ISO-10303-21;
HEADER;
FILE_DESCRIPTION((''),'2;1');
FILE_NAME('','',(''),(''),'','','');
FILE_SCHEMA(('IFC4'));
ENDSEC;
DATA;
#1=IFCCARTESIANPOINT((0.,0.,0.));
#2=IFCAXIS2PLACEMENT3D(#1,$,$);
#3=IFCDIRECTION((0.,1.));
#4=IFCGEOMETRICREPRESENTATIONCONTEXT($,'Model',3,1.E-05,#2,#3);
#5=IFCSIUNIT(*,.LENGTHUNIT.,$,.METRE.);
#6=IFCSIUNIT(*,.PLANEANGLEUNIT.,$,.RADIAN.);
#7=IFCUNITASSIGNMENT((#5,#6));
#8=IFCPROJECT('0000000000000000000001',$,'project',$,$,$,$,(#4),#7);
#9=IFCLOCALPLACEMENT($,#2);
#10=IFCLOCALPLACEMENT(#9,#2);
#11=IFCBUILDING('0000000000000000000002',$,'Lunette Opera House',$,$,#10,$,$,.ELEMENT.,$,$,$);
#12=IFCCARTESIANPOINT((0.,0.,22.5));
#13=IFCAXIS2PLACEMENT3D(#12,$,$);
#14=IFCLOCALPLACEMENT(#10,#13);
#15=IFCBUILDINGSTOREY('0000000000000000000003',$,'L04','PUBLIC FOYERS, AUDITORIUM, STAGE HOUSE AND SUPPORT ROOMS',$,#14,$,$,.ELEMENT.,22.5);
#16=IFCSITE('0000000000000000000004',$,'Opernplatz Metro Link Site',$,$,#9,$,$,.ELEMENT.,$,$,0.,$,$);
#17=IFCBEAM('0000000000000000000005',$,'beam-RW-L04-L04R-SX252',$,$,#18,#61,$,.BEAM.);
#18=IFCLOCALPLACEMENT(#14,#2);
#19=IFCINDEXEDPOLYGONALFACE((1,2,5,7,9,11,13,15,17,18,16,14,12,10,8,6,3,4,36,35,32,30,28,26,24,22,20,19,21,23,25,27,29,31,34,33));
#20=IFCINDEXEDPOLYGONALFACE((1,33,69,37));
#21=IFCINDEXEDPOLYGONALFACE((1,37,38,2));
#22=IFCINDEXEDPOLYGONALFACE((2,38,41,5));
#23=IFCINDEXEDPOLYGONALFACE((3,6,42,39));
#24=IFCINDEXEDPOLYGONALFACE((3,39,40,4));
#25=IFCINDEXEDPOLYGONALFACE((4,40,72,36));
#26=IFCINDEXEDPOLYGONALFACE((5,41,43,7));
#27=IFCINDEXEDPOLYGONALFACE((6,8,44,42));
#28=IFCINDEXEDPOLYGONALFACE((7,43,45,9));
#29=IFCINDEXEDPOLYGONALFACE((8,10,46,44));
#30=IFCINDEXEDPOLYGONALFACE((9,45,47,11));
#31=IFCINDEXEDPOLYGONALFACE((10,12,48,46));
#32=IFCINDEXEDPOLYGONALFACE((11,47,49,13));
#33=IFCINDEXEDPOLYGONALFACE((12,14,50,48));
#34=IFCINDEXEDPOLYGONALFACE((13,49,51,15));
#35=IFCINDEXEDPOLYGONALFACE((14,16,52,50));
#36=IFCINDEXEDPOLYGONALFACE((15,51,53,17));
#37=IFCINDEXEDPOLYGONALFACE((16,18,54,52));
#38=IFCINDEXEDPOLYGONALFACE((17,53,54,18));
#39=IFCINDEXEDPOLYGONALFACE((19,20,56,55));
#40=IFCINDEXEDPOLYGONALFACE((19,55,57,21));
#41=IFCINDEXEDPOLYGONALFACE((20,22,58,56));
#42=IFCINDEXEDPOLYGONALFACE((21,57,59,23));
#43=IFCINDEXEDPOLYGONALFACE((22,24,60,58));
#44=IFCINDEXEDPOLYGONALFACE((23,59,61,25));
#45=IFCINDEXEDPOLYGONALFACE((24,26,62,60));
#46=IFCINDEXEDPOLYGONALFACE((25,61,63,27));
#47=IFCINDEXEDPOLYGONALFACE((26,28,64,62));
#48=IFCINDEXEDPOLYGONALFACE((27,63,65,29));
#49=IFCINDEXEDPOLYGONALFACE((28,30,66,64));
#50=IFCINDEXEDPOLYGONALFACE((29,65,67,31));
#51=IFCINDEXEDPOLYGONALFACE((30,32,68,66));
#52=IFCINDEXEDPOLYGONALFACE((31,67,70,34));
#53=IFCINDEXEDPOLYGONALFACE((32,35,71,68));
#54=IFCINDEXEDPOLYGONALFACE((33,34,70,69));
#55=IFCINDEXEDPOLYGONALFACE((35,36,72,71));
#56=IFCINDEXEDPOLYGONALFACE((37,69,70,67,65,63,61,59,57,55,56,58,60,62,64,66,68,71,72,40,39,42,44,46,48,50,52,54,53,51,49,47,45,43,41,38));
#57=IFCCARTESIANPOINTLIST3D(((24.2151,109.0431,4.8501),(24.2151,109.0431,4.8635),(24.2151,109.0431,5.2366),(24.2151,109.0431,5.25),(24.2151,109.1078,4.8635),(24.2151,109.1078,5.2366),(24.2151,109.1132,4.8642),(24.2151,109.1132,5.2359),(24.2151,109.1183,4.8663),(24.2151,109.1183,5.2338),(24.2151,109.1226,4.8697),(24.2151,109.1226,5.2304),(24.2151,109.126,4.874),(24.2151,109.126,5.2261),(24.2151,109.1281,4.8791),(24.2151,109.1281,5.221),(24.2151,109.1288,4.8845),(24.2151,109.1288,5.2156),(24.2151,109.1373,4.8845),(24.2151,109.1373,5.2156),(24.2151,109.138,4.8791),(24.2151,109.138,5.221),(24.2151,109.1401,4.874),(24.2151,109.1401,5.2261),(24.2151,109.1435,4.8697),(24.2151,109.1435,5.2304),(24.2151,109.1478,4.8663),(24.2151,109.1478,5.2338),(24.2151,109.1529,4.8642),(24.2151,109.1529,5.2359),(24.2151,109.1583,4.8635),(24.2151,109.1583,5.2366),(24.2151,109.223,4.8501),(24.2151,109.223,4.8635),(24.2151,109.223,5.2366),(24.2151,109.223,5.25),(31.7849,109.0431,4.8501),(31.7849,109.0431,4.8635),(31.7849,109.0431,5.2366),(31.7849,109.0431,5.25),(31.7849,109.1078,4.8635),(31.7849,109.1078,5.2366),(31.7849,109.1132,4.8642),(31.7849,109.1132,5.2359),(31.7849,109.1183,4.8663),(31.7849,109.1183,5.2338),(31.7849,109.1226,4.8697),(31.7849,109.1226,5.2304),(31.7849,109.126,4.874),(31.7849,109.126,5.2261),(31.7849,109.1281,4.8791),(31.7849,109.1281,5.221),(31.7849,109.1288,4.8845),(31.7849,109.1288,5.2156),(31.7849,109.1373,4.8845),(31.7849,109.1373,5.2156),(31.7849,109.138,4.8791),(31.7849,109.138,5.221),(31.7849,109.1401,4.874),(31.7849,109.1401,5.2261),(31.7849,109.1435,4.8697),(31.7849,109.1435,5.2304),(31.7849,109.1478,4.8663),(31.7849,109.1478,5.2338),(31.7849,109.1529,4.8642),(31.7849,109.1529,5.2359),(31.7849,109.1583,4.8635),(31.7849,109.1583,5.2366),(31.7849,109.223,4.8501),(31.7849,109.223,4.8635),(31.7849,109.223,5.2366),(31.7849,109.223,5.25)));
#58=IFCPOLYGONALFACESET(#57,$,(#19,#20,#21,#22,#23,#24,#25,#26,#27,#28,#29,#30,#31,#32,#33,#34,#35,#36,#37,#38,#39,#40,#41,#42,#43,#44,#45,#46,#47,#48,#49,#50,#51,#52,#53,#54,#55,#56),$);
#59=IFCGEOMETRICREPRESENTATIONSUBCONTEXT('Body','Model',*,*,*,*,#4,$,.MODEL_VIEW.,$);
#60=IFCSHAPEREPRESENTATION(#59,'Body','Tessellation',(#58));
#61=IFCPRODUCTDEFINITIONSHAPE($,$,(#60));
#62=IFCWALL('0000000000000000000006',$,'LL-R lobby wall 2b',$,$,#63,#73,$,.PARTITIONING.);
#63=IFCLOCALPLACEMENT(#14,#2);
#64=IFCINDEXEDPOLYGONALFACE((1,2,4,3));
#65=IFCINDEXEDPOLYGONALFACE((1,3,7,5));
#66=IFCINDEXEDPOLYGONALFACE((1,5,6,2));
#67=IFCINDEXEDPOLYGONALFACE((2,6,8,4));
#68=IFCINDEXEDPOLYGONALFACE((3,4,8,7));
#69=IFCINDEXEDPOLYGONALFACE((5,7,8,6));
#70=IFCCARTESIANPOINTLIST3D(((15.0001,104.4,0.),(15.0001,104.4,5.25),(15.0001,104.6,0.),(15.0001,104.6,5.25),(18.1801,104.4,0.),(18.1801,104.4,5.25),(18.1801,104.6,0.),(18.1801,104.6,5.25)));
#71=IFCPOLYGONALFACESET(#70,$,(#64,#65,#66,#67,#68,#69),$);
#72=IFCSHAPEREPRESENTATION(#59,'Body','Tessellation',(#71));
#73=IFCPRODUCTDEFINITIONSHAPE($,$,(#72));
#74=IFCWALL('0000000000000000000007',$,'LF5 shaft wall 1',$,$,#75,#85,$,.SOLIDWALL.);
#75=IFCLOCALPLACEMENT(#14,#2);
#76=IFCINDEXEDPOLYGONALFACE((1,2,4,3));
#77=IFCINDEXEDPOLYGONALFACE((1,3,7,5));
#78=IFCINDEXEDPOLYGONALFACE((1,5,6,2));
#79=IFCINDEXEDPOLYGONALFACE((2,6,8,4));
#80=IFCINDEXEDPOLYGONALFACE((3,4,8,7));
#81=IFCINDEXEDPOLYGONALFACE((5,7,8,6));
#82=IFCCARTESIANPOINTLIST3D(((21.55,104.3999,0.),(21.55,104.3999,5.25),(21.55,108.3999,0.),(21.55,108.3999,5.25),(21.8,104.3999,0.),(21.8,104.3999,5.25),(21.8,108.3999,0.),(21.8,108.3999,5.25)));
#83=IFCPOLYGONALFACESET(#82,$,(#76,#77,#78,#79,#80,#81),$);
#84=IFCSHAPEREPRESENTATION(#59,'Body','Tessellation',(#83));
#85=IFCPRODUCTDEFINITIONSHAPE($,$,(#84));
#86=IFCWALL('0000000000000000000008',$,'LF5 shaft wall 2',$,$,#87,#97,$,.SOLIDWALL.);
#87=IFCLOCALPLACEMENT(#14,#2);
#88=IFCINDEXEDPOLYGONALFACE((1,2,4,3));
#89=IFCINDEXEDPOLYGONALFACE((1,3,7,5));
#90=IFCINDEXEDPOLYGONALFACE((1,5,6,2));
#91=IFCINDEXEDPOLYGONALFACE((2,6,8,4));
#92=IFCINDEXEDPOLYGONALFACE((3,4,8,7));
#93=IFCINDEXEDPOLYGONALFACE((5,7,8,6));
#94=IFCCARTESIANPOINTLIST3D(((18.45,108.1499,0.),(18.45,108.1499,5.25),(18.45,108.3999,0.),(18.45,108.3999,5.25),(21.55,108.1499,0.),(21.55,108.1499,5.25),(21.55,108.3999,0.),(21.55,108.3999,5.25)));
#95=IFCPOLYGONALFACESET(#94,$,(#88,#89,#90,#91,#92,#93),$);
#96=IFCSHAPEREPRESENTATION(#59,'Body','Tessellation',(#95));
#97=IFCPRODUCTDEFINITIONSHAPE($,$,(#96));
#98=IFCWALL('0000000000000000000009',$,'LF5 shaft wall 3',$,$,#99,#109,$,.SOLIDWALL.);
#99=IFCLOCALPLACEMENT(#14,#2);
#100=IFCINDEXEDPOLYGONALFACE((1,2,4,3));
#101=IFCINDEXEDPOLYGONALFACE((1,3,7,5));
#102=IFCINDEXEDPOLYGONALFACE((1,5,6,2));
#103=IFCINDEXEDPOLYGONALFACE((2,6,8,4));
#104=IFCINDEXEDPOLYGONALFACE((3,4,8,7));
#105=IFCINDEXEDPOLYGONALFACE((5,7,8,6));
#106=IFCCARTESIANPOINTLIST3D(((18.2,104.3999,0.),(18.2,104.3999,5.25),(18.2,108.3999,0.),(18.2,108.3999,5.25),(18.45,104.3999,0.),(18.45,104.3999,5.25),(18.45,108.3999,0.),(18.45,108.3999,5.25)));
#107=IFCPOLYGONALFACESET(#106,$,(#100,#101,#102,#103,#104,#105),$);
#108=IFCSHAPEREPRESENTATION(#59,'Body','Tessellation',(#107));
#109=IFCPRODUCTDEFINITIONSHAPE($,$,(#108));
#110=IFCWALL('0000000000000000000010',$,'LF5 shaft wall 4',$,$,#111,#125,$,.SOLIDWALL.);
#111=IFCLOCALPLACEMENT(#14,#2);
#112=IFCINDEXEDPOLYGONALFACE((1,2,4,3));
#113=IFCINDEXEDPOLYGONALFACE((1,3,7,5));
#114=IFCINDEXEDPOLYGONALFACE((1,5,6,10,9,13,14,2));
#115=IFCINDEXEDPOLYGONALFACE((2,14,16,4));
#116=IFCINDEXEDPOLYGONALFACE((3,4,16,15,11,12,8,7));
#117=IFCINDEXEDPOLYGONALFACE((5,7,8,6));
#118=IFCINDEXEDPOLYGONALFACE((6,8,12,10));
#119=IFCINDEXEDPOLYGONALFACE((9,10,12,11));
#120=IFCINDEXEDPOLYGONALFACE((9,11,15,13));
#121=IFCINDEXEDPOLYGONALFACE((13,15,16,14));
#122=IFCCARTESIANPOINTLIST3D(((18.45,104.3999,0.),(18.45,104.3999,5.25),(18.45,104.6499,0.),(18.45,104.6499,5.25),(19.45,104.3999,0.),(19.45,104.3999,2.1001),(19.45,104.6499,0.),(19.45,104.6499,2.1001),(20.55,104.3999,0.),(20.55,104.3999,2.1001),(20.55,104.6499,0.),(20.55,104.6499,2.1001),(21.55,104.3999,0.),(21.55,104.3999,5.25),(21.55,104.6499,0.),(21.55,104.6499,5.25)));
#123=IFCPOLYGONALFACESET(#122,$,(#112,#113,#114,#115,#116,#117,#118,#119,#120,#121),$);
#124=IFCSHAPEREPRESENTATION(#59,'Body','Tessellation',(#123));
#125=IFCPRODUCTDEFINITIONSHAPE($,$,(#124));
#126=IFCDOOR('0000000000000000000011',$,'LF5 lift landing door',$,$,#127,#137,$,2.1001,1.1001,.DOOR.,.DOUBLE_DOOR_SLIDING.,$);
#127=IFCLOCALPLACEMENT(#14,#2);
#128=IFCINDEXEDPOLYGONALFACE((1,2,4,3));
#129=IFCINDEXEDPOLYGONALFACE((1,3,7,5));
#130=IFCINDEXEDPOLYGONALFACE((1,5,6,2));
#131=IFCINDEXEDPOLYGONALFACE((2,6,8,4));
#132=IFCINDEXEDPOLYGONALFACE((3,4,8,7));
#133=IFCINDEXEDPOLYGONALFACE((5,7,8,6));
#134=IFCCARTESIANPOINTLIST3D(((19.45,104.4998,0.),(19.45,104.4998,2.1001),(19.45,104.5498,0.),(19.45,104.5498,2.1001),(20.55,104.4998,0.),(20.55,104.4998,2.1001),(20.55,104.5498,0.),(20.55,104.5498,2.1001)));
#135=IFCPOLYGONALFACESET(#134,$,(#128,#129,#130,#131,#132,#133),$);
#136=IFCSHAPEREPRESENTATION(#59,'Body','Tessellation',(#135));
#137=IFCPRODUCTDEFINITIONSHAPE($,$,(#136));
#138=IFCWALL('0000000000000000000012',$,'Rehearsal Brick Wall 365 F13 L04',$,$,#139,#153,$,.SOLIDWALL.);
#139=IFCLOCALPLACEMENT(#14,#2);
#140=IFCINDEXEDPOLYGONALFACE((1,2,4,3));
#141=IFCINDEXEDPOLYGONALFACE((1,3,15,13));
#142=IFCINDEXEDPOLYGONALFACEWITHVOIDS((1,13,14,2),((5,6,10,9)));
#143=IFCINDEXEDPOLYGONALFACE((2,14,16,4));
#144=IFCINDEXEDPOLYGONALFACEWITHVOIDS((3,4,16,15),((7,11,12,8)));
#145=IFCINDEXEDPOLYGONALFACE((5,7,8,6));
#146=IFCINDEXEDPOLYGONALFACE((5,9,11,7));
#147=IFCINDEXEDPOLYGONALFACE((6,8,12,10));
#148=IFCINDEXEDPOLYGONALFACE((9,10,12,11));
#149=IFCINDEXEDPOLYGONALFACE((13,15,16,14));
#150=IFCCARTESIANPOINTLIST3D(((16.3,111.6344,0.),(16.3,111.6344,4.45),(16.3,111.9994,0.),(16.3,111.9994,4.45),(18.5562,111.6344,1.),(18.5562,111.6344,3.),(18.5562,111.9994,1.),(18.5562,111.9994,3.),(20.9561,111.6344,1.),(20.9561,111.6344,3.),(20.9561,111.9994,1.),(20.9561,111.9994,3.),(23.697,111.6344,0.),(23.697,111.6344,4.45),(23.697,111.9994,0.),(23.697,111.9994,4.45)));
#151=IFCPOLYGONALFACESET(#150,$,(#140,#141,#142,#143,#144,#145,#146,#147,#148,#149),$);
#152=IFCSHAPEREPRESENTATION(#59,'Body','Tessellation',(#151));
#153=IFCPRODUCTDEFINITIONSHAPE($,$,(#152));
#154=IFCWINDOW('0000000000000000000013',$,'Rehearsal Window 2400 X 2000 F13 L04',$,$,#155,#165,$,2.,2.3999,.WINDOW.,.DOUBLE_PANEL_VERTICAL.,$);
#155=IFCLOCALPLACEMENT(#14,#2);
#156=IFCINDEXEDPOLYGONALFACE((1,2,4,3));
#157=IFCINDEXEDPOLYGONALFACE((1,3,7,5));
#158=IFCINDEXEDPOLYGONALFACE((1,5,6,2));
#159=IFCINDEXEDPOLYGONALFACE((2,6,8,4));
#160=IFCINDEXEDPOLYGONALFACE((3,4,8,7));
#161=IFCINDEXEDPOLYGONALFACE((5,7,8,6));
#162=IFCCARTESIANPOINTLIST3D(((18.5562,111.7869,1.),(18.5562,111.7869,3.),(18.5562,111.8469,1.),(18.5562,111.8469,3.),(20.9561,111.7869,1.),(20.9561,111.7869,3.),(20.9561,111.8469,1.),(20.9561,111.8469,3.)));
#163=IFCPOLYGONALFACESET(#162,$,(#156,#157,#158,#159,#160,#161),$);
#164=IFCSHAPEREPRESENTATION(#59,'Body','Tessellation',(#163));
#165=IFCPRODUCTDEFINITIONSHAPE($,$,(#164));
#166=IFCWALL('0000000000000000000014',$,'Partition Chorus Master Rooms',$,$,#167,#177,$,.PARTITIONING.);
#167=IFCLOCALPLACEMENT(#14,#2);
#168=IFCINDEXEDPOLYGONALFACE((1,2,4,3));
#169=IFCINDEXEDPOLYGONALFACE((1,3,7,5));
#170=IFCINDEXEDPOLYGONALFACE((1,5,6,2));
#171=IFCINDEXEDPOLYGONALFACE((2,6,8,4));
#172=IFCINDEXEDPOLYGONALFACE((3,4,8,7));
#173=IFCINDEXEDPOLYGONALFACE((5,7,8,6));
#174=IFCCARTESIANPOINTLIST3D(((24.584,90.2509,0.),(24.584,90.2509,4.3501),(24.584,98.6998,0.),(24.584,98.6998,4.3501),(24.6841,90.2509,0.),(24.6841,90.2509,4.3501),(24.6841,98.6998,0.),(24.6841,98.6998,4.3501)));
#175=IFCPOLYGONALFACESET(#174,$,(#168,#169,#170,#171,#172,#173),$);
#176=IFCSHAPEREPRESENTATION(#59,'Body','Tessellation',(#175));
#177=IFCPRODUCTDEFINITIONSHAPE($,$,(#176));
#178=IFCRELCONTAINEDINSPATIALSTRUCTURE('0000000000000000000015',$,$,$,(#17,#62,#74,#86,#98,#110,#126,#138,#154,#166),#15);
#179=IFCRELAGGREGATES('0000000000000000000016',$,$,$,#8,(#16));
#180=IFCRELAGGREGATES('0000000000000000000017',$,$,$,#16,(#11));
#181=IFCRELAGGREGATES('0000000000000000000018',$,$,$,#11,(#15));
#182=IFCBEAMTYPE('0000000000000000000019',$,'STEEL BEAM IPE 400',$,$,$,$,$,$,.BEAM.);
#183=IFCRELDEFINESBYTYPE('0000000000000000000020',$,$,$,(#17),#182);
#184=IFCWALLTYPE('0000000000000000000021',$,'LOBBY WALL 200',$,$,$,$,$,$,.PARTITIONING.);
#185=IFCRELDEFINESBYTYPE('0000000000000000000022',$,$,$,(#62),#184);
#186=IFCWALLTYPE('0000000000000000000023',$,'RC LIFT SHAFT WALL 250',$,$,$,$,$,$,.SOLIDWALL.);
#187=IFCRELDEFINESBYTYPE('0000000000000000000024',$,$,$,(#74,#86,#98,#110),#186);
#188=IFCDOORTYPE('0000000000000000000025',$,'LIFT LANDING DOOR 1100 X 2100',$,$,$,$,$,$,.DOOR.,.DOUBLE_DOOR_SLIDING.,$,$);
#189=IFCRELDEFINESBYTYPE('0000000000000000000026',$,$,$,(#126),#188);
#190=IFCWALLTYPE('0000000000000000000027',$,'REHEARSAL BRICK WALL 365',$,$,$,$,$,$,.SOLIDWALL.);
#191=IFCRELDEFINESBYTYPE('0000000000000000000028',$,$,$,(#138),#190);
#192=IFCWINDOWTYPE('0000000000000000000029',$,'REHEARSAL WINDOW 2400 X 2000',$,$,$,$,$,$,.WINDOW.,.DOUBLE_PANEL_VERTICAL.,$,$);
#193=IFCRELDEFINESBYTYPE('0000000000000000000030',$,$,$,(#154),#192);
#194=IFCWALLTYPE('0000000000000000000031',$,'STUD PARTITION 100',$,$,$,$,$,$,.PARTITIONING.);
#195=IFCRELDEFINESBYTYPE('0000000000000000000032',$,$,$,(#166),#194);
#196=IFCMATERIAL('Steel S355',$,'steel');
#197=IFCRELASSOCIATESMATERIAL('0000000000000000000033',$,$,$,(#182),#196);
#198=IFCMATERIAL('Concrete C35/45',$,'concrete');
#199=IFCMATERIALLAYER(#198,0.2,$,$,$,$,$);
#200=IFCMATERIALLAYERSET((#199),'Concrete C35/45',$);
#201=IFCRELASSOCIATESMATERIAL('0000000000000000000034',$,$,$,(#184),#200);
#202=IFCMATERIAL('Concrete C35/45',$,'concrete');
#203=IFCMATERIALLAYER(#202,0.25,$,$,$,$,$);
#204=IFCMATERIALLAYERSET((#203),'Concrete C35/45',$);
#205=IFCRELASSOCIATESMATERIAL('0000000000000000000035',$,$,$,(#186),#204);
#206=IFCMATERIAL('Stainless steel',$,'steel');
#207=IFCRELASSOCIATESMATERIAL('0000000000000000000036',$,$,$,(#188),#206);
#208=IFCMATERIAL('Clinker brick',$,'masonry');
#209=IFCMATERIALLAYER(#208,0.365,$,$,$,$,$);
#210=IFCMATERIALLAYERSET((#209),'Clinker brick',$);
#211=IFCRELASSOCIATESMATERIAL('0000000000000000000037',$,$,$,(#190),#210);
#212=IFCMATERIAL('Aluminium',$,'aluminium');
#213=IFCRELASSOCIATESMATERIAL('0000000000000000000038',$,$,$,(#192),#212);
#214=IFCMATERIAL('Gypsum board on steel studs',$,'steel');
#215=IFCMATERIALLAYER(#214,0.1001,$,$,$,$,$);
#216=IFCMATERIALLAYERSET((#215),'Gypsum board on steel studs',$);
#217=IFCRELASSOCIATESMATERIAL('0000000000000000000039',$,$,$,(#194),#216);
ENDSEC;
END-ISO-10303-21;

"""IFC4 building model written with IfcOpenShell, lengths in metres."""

from ifc_helpers import new_model, si_unit, direction, frame, frame_2d, origin, origin_2d, place, context, subcontext, project, spatial, rectangle, i_section, extrude, material, layer, layer_set, material_profile, profile_set, type_object, element, fill, save


model = new_model("IFC4")

# Units and contexts
model_context = context("Model", 3, precision=1e-05, world=origin(), true_north=direction((0.0, 1.0)))
body_context = subcontext(model_context, "Body", "Model", "MODEL_VIEW")
ifc_project = project(units=[si_unit("LENGTHUNIT", "METRE"), si_unit("PLANEANGLEUNIT", "RADIAN")], contexts=[model_context])

# Site, building, storey
site_placement = place(None, origin())
site = spatial("IfcSite", under=ifc_project, at=site_placement, Name="Opernplatz Metro Link Site", CompositionType="ELEMENT", RefElevation=0.0)
building_placement = place(site_placement, origin())
building = spatial("IfcBuilding", under=site, at=building_placement, Name="Lunette Opera House", CompositionType="ELEMENT")
storey_placement = place(building_placement, frame((0.0, 0.0, 22.5)))
storey = spatial("IfcBuildingStorey", under=building, at=storey_placement, Name="L04", Description="PUBLIC FOYERS, AUDITORIUM, STAGE HOUSE AND SUPPORT ROOMS", CompositionType="ELEMENT", Elevation=22.5)

# Beam
ifc_material_1 = material(Name="Steel S355", Category="steel")
ifc_material_profile_1 = material_profile(ifc_material_1, i_section(OverallWidth=0.1799, OverallDepth=0.3999, WebThickness=0.0085, FlangeThickness=0.0134, FilletRadius=0.021, at=origin_2d()), Name="IPE 400")
ifc_profile_set_1 = profile_set([ifc_material_profile_1], Name="Steel S355")
beam_type_1 = type_object("IfcBeamType", Name="STEEL BEAM IPE 400", PredefinedType="BEAM", material=ifc_profile_set_1)
for number, where, z_axis, x_axis, name in (
    (1, (24.2151, 109.1331, 5.05), (1.0, 0.0, 0.0), (0.0, 1.0, 0.0), "beam-RW-L04-L04R-SX252"),
):
    element("IfcBeam", number, at=place(storey_placement, frame(where, z_axis=z_axis, x_axis=x_axis)), inside=storey, type_object=beam_type_1, Name=name, PredefinedType="BEAM", context=body_context, shape_type="SweptSolid", body=[
        extrude(i_section(OverallWidth=0.1799, OverallDepth=0.3999, WebThickness=0.0085, FlangeThickness=0.0134, FilletRadius=0.021, at=origin_2d()), origin(), (0.0, 0.0, 1.0), 7.5698),
    ])

# Walls
ifc_material_2 = material(Name="Concrete C35/45", Category="concrete")
ifc_layer_1 = layer(ifc_material_2, 0.2)
ifc_layer_set_1 = layer_set([ifc_layer_1], Name="Concrete C35/45")
wall_type_1 = type_object("IfcWallType", Name="LOBBY WALL 200", PredefinedType="PARTITIONING", material=ifc_layer_set_1)
wall_1_placement = place(storey_placement, frame((18.1799, 104.5, 0.0), z_axis=(0.0, 0.0, 1.0), x_axis=(-1.0, 0.0, 0.0)))
element("IfcWall", 2, at=wall_1_placement, inside=storey, type_object=wall_type_1, Name="LL-R lobby wall 2b", PredefinedType="PARTITIONING", context=body_context, shape_type="SweptSolid", body=[
    extrude(rectangle(XDim=3.1799, YDim=0.2, at=frame_2d((1.5898, 0.0))), origin(), (0.0, 0.0, 1.0), 5.25),
])
ifc_material_3 = material(Name="Concrete C35/45", Category="concrete")
ifc_layer_2 = layer(ifc_material_3, 0.25)
ifc_layer_set_2 = layer_set([ifc_layer_2], Name="Concrete C35/45")
wall_type_2 = type_object("IfcWallType", Name="RC LIFT SHAFT WALL 250", PredefinedType="SOLIDWALL", material=ifc_layer_set_2)
wall_2_placement = place(storey_placement, frame((21.675, 104.3999, 0.0), z_axis=(0.0, 0.0, 1.0), x_axis=(0.0, 1.0, 0.0)))
element("IfcWall", 3, at=wall_2_placement, inside=storey, type_object=wall_type_2, Name="LF5 shaft wall 1", PredefinedType="SOLIDWALL", context=body_context, shape_type="SweptSolid", body=[
    extrude(rectangle(XDim=4.0, YDim=0.25, at=frame_2d((2.0, 0.0))), origin(), (0.0, 0.0, 1.0), 5.25),
])
wall_3_placement = place(storey_placement, frame((21.55, 108.2749, 0.0), z_axis=(0.0, 0.0, 1.0), x_axis=(-1.0, 0.0, 0.0)))
element("IfcWall", 4, at=wall_3_placement, inside=storey, type_object=wall_type_2, Name="LF5 shaft wall 2", PredefinedType="SOLIDWALL", context=body_context, shape_type="SweptSolid", body=[
    extrude(rectangle(XDim=3.1001, YDim=0.25, at=frame_2d((1.55, 0.0))), origin(), (0.0, 0.0, 1.0), 5.25),
])
wall_4_placement = place(storey_placement, frame((18.325, 108.3999, 0.0), z_axis=(0.0, 0.0, 1.0), x_axis=(0.0, -1.0, 0.0)))
element("IfcWall", 5, at=wall_4_placement, inside=storey, type_object=wall_type_2, Name="LF5 shaft wall 3", PredefinedType="SOLIDWALL", context=body_context, shape_type="SweptSolid", body=[
    extrude(rectangle(XDim=4.0, YDim=0.25, at=frame_2d((2.0, 0.0))), origin(), (0.0, 0.0, 1.0), 5.25),
])

# Wall, opening, door
wall_5_placement = place(storey_placement, frame((18.45, 104.5249, 0.0), z_axis=(0.0, 0.0, 1.0), x_axis=(1.0, 0.0, 0.0)))
wall_5 = element("IfcWall", 6, at=wall_5_placement, inside=storey, type_object=wall_type_2, Name="LF5 shaft wall 4", PredefinedType="SOLIDWALL", context=body_context, shape_type="SweptSolid", body=[
    extrude(rectangle(XDim=3.1001, YDim=0.25, at=frame_2d((1.55, 0.0))), origin(), (0.0, 0.0, 1.0), 5.25),
])
opening_1_placement = place(wall_5_placement, frame((1.0, 0.0, 0.0)))
opening_1 = element("IfcOpeningElement", 7, at=opening_1_placement, cuts=wall_5, PredefinedType="OPENING", context=body_context, shape_type="SweptSolid", body=[
    extrude(rectangle(XDim=1.1001, YDim=2.1001, at=frame_2d((0.55, 1.05))), frame((0.0, 0.137, 0.0), z_axis=(0.0, -1.0, 0.0), x_axis=(1.0, 0.0, 0.0)), (0.0, 0.0, 1.0), 0.2739),
])
ifc_material_4 = material(Name="Stainless steel", Category="steel")
door_type = type_object("IfcDoorType", Name="LIFT LANDING DOOR 1100 X 2100", OperationType="DOUBLE_DOOR_SLIDING", PredefinedType="DOOR", material=ifc_material_4)
door_placement = place(opening_1_placement, origin())
door = element("IfcDoor", 8, at=door_placement, inside=storey, type_object=door_type, Name="LF5 lift landing door", OperationType="DOUBLE_DOOR_SLIDING", OverallHeight=2.1001, OverallWidth=1.1001, PredefinedType="DOOR", context=body_context, shape_type="SweptSolid", body=[
    extrude(rectangle(XDim=1.1001, YDim=2.1001, at=frame_2d((0.55, 1.05))), frame((0.0, 0.0249, 0.0), z_axis=(0.0, -1.0, 0.0), x_axis=(1.0, 0.0, 0.0)), (0.0, 0.0, 1.0), 0.05),
])
fill(opening_1, door)

# Wall, opening, window
ifc_material_5 = material(Name="Clinker brick", Category="masonry")
ifc_layer_3 = layer(ifc_material_5, 0.365)
ifc_layer_set_3 = layer_set([ifc_layer_3], Name="Clinker brick")
wall_type_3 = type_object("IfcWallType", Name="REHEARSAL BRICK WALL 365", PredefinedType="SOLIDWALL", material=ifc_layer_set_3)
wall_6_placement = place(storey_placement, frame((23.697, 111.8169, 0.0), z_axis=(0.0, 0.0, 1.0), x_axis=(-1.0, 0.0, 0.0)))
wall_6 = element("IfcWall", 9, at=wall_6_placement, inside=storey, type_object=wall_type_3, Name="Rehearsal Brick Wall 365 F13 L04", PredefinedType="SOLIDWALL", context=body_context, shape_type="SweptSolid", body=[
    extrude(rectangle(XDim=7.397, YDim=0.365, at=frame_2d((3.6985, 0.0))), origin(), (0.0, 0.0, 1.0), 4.45),
])
opening_2_placement = place(wall_6_placement, frame((2.741, 0.0, 1.0)))
opening_2 = element("IfcOpeningElement", 10, at=opening_2_placement, cuts=wall_6, PredefinedType="OPENING", context=body_context, shape_type="SweptSolid", body=[
    extrude(rectangle(XDim=2.3999, YDim=2.0, at=frame_2d((1.2, 1.0))), frame((0.0, 0.1946, 0.0), z_axis=(0.0, -1.0, 0.0), x_axis=(1.0, 0.0, 0.0)), (0.0, 0.0, 1.0), 0.3889),
])
ifc_material_6 = material(Name="Aluminium", Category="aluminium")
window_type = type_object("IfcWindowType", Name="REHEARSAL WINDOW 2400 X 2000", PartitioningType="DOUBLE_PANEL_VERTICAL", PredefinedType="WINDOW", material=ifc_material_6)
window_placement = place(opening_2_placement, origin())
window = element("IfcWindow", 11, at=window_placement, inside=storey, type_object=window_type, Name="Rehearsal Window 2400 X 2000 F13 L04", OverallHeight=2.0, OverallWidth=2.3999, PartitioningType="DOUBLE_PANEL_VERTICAL", PredefinedType="WINDOW", context=body_context, shape_type="SweptSolid", body=[
    extrude(rectangle(XDim=2.3999, YDim=2.0, at=frame_2d((1.2, 1.0))), frame((0.0, 0.03, 0.0), z_axis=(0.0, -1.0, 0.0), x_axis=(1.0, 0.0, 0.0)), (0.0, 0.0, 1.0), 0.0601),
])
fill(opening_2, window)

# Wall
ifc_material_7 = material(Name="Gypsum board on steel studs", Category="steel")
ifc_layer_4 = layer(ifc_material_7, 0.1001)
ifc_layer_set_4 = layer_set([ifc_layer_4], Name="Gypsum board on steel studs")
wall_type_4 = type_object("IfcWallType", Name="STUD PARTITION 100", PredefinedType="PARTITIONING", material=ifc_layer_set_4)
wall_7_placement = place(storey_placement, frame((24.634, 98.7, 0.0), z_axis=(0.0, 0.0, 1.0), x_axis=(0.0, -1.0, 0.0)))
element("IfcWall", 12, at=wall_7_placement, inside=storey, type_object=wall_type_4, Name="Partition Chorus Master Rooms", PredefinedType="PARTITIONING", context=body_context, shape_type="SweptSolid", body=[
    extrude(rectangle(XDim=8.449, YDim=0.1001, at=frame_2d((4.2246, 0.0))), origin(), (0.0, 0.0, 1.0), 4.3501),
])

save(model, "model.ifc")
